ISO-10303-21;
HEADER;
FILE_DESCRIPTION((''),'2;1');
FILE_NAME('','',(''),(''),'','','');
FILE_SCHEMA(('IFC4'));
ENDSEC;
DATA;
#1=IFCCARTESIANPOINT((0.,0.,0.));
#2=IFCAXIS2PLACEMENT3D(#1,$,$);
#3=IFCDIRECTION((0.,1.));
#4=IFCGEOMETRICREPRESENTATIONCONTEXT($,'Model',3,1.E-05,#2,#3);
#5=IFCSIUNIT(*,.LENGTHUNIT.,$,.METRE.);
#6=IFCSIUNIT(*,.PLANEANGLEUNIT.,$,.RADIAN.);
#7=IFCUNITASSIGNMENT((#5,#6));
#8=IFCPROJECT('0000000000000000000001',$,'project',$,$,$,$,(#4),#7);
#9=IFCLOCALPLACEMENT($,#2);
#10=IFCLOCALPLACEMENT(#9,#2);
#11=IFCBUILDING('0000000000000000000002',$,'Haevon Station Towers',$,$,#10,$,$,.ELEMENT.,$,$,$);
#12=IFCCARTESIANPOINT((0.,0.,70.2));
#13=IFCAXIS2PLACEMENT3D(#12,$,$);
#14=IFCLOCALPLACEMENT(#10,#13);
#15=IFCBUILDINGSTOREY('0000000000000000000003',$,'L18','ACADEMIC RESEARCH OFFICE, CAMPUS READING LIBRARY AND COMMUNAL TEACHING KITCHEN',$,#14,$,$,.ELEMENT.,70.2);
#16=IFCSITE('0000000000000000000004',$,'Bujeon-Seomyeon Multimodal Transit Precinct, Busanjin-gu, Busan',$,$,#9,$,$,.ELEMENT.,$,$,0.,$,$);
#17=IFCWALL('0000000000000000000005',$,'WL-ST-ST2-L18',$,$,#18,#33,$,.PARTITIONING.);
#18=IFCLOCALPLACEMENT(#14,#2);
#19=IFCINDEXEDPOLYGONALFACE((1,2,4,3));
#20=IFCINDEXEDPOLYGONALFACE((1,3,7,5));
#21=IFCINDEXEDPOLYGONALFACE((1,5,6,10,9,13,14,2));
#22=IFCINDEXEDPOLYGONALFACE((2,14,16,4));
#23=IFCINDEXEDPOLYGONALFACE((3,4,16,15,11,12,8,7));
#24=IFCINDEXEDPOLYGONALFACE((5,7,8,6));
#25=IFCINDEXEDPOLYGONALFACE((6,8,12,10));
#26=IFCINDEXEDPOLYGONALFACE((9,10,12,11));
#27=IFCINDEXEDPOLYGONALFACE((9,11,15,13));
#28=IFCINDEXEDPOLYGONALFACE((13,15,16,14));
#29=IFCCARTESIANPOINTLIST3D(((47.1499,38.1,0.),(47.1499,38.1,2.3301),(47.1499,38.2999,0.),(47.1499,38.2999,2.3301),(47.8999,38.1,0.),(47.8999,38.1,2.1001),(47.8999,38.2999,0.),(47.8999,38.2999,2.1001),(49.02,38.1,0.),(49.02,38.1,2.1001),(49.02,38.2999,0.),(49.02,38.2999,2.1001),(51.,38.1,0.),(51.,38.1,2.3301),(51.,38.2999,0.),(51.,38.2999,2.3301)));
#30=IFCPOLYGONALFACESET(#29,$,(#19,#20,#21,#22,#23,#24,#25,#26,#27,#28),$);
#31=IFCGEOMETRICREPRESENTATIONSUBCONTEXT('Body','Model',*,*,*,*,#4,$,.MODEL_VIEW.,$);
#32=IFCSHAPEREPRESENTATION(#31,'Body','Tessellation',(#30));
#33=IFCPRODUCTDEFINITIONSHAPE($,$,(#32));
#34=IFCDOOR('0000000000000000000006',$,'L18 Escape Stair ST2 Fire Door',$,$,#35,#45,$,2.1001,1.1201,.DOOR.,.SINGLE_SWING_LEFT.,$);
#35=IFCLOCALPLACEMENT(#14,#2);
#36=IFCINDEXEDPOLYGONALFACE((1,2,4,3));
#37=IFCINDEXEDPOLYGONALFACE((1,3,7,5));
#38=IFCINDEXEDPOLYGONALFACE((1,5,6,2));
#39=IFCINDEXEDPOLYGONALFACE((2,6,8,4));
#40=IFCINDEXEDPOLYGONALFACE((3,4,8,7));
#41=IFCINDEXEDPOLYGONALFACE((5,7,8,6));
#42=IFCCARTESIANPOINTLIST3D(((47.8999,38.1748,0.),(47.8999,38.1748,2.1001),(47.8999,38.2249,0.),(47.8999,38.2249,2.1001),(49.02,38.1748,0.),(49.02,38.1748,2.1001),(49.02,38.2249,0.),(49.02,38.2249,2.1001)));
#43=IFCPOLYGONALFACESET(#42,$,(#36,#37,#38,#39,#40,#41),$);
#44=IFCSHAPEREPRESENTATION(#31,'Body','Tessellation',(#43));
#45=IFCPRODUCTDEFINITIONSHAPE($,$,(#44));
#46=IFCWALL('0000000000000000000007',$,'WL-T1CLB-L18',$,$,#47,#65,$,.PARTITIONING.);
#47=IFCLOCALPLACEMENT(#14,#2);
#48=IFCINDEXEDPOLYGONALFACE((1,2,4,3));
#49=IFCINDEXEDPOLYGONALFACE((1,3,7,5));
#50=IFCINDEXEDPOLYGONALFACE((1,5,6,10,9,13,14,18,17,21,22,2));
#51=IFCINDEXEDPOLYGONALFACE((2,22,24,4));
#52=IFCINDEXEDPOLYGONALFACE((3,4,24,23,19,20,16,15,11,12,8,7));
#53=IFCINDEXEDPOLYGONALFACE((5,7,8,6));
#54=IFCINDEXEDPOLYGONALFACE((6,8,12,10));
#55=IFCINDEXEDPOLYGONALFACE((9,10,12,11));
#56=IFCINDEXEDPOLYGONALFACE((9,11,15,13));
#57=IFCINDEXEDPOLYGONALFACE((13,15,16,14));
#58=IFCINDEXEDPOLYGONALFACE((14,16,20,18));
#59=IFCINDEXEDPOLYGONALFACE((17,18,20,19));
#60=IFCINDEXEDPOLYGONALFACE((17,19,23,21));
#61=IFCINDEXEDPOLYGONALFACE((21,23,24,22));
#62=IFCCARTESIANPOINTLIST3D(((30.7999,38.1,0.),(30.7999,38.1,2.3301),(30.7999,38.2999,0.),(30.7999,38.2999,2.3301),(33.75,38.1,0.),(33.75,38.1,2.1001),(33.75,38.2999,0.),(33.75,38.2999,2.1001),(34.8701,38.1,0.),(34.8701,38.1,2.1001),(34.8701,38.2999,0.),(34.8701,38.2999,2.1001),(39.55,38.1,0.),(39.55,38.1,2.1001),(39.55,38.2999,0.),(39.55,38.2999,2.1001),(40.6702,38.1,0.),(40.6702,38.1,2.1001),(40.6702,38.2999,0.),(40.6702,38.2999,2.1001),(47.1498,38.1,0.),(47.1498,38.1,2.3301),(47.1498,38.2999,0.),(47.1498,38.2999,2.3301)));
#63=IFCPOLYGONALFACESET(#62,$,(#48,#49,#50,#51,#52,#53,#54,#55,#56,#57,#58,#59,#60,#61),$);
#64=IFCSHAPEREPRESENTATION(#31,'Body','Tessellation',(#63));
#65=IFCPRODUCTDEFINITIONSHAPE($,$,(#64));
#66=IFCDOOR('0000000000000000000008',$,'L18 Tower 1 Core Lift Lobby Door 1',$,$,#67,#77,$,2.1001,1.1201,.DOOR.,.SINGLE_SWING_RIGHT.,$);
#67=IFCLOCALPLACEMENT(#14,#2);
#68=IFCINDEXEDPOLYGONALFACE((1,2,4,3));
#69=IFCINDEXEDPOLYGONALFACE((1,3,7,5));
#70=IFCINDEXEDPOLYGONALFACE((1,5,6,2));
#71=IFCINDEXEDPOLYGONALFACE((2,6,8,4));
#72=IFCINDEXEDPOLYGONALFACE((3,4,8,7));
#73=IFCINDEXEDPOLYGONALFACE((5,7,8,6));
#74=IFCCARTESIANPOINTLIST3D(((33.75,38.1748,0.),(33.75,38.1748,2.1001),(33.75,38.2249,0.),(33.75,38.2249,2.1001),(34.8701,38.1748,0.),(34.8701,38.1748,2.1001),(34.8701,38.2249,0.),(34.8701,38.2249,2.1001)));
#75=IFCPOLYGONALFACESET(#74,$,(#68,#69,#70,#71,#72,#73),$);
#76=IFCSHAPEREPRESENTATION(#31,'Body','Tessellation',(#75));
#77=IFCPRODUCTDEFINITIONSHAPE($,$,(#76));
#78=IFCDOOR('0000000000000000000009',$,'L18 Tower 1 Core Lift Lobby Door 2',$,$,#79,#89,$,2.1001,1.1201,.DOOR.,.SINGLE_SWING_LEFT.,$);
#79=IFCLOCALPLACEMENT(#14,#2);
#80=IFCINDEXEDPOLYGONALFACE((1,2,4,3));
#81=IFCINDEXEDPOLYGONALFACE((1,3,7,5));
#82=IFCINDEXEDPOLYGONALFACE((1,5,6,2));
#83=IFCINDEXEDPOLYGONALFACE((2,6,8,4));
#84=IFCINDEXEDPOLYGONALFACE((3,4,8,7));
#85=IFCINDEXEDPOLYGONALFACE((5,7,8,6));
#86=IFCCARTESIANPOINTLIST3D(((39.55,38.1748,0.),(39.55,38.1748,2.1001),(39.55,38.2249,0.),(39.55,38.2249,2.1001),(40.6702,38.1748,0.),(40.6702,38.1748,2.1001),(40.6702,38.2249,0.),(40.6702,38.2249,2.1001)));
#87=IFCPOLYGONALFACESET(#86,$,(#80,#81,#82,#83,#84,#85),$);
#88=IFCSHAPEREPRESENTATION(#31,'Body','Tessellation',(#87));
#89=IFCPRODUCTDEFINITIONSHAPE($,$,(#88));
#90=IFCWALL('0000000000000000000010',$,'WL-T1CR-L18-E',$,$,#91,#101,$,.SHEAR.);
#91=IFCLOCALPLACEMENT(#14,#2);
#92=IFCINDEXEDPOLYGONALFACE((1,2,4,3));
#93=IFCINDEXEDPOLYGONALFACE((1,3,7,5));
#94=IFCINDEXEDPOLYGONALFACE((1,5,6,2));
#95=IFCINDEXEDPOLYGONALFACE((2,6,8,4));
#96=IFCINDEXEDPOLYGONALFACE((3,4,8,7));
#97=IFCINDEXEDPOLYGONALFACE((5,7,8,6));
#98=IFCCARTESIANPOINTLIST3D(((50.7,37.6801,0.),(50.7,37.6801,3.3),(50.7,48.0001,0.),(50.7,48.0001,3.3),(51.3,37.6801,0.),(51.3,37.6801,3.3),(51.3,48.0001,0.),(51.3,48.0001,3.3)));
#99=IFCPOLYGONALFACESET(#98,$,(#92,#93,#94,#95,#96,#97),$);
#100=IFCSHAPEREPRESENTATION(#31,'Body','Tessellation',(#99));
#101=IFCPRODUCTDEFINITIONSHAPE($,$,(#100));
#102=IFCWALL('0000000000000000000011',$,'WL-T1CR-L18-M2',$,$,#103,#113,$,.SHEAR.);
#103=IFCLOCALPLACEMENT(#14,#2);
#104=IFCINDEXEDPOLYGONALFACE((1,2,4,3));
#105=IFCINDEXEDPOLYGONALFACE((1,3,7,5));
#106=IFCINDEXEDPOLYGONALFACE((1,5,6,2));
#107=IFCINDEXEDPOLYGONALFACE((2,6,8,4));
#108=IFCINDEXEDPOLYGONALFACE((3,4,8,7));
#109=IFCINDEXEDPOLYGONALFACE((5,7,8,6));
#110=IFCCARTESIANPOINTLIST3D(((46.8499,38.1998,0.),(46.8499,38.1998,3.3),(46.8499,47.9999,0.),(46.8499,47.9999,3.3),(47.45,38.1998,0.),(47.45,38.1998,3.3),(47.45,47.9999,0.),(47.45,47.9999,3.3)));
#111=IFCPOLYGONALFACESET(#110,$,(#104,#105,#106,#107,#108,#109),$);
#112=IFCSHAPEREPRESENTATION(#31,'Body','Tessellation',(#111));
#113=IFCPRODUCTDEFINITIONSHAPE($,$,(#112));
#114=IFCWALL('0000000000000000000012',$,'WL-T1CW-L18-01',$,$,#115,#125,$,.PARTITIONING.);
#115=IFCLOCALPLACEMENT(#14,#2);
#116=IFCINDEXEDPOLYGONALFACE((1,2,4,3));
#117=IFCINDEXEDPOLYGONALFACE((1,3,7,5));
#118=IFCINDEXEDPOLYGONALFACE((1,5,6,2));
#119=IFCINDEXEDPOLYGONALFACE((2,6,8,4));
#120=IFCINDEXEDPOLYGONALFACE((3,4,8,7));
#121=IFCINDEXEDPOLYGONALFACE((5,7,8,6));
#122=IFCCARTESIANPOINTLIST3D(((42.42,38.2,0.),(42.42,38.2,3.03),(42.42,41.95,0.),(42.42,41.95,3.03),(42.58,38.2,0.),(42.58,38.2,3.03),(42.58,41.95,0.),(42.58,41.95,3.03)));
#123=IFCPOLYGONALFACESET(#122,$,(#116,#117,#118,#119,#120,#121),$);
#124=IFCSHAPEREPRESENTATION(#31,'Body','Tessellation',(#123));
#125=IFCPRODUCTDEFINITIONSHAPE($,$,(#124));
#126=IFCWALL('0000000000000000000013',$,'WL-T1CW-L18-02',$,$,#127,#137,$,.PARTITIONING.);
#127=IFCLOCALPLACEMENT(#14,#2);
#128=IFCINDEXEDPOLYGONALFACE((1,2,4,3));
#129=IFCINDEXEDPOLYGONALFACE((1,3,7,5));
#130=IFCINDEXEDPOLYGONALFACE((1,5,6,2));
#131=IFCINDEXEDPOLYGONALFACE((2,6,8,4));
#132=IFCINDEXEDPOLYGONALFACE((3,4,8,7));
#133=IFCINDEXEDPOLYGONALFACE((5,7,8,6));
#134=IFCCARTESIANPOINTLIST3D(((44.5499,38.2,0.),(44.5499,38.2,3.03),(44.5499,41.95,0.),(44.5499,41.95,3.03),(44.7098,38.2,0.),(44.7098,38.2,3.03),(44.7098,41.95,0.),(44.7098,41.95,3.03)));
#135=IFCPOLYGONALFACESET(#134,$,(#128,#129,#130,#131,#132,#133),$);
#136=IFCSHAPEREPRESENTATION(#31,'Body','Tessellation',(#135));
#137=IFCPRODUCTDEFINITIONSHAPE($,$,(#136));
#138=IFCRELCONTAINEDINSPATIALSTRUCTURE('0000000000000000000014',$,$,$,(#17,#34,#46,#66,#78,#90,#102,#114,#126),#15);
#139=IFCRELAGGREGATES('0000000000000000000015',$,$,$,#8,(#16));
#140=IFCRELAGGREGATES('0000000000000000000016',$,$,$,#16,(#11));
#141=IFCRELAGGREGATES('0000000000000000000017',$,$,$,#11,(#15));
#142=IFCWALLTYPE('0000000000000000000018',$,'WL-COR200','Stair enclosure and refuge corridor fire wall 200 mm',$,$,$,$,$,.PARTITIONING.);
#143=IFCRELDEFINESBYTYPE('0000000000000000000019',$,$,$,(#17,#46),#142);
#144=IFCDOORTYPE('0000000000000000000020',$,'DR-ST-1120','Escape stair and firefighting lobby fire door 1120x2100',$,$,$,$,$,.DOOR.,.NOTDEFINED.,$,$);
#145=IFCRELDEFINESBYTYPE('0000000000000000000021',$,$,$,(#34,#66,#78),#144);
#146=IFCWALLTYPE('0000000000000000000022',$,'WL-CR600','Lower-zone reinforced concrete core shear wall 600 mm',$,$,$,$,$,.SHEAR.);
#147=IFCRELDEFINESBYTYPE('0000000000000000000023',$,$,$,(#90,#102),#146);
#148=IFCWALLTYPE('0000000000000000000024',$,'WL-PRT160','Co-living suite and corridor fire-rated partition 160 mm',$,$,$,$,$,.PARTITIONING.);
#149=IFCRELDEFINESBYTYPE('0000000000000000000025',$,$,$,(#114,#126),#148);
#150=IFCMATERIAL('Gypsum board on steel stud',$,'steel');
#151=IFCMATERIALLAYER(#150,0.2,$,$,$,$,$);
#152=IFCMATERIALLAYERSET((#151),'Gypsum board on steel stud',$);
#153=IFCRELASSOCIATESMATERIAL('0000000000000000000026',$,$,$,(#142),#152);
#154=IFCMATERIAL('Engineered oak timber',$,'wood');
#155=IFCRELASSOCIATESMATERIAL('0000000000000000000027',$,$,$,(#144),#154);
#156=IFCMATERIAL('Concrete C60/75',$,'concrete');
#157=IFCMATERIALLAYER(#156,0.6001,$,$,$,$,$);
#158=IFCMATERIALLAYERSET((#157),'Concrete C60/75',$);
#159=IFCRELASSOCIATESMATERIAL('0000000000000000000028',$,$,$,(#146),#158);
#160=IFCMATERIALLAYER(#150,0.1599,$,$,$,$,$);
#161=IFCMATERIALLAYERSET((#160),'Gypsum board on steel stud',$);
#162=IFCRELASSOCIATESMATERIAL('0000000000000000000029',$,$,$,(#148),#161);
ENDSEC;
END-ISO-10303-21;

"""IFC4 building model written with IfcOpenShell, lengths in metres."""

from ifc_helpers import new_model, si_unit, direction, frame, frame_2d, origin, place, context, subcontext, project, spatial, rectangle, extrude, material, layer, layer_set, type_object, element, fill, save


model = new_model("IFC4")

# Units and contexts
model_context = context("Model", 3, precision=1e-05, world=origin(), true_north=direction((0.0, 1.0)))
body_context = subcontext(model_context, "Body", "Model", "MODEL_VIEW")
ifc_project = project(units=[si_unit("LENGTHUNIT", "METRE"), si_unit("PLANEANGLEUNIT", "RADIAN")], contexts=[model_context])

# Site, building, storey
site_placement = place(None, origin())
site = spatial("IfcSite", under=ifc_project, at=site_placement, Name="Bujeon-Seomyeon Multimodal Transit Precinct, Busanjin-gu, Busan", CompositionType="ELEMENT", RefElevation=0.0)
building_placement = place(site_placement, origin())
building = spatial("IfcBuilding", under=site, at=building_placement, Name="Haevon Station Towers", CompositionType="ELEMENT")
storey_placement = place(building_placement, frame((0.0, 0.0, 70.2)))
storey = spatial("IfcBuildingStorey", under=building, at=storey_placement, Name="L18", Description="ACADEMIC RESEARCH OFFICE, CAMPUS READING LIBRARY AND COMMUNAL TEACHING KITCHEN", CompositionType="ELEMENT", Elevation=70.2)

# Wall, opening, door
ifc_material_1 = material(Name="Gypsum board on steel stud", Category="steel")
ifc_layer_1 = layer(ifc_material_1, 0.2)
ifc_layer_set_1 = layer_set([ifc_layer_1], Name="Gypsum board on steel stud")
wall_type_1 = type_object("IfcWallType", Name="WL-COR200", Description="Stair enclosure and refuge corridor fire wall 200 mm", PredefinedType="PARTITIONING", material=ifc_layer_set_1)
wall_1_placement = place(storey_placement, frame((47.1499, 38.2, 0.0), z_axis=(0.0, 0.0, 1.0), x_axis=(1.0, 0.0, 0.0)))
wall_1 = element("IfcWall", 1, at=wall_1_placement, inside=storey, type_object=wall_type_1, Name="WL-ST-ST2-L18", PredefinedType="PARTITIONING", context=body_context, shape_type="SweptSolid", body=[
    extrude(rectangle(XDim=3.8501, YDim=0.2, at=frame_2d((1.925, 0.0))), origin(), (0.0, 0.0, 1.0), 2.3301),
])
opening_1_placement = place(wall_1_placement, frame((0.75, 0.0, 0.0)))
opening_1 = element("IfcOpeningElement", 2, at=opening_1_placement, cuts=wall_1, PredefinedType="OPENING", context=body_context, shape_type="SweptSolid", body=[
    extrude(rectangle(XDim=1.1201, YDim=2.1001, at=frame_2d((0.5601, 1.05))), frame((0.0, 0.1099, 0.0), z_axis=(0.0, -1.0, 0.0), x_axis=(1.0, 0.0, 0.0)), (0.0, 0.0, 1.0), 0.22),
])
ifc_material_2 = material(Name="Engineered oak timber", Category="wood")
door_type = type_object("IfcDoorType", Name="DR-ST-1120", Description="Escape stair and firefighting lobby fire door 1120x2100", OperationType="NOTDEFINED", PredefinedType="DOOR", material=ifc_material_2)
door_1_placement = place(opening_1_placement, origin())
door_1 = element("IfcDoor", 3, at=door_1_placement, inside=storey, type_object=door_type, Name="L18 Escape Stair ST2 Fire Door", OperationType="SINGLE_SWING_LEFT", OverallHeight=2.1001, OverallWidth=1.1201, PredefinedType="DOOR", context=body_context, shape_type="SweptSolid", body=[
    extrude(rectangle(XDim=1.1201, YDim=2.1001, at=frame_2d((0.5601, 1.05))), frame((0.0, 0.0249, 0.0), z_axis=(0.0, -1.0, 0.0), x_axis=(1.0, 0.0, 0.0)), (0.0, 0.0, 1.0), 0.05),
])
fill(opening_1, door_1)

# Wall, openings, doors
wall_2_placement = place(storey_placement, frame((30.8, 38.2, 0.0), z_axis=(0.0, 0.0, 1.0), x_axis=(1.0, 0.0, 0.0)))
wall_2 = element("IfcWall", 4, at=wall_2_placement, inside=storey, type_object=wall_type_1, Name="WL-T1CLB-L18", PredefinedType="PARTITIONING", context=body_context, shape_type="SweptSolid", body=[
    extrude(rectangle(XDim=16.3499, YDim=0.2, at=frame_2d((8.1748, 0.0))), origin(), (0.0, 0.0, 1.0), 2.3301),
])
opening_2_placement = place(wall_2_placement, frame((2.95, 0.0, 0.0)))
opening_2 = element("IfcOpeningElement", 5, at=opening_2_placement, cuts=wall_2, PredefinedType="OPENING", context=body_context, shape_type="SweptSolid", body=[
    extrude(rectangle(XDim=1.1201, YDim=2.1001, at=frame_2d((0.5601, 1.05))), frame((0.0, 0.1099, 0.0), z_axis=(0.0, -1.0, 0.0), x_axis=(1.0, 0.0, 0.0)), (0.0, 0.0, 1.0), 0.22),
])
opening_3_placement = place(wall_2_placement, frame((8.75, 0.0, 0.0)))
opening_3 = element("IfcOpeningElement", 6, at=opening_3_placement, cuts=wall_2, PredefinedType="OPENING", context=body_context, shape_type="SweptSolid", body=[
    extrude(rectangle(XDim=1.1201, YDim=2.1001, at=frame_2d((0.5601, 1.05))), frame((0.0, 0.1099, 0.0), z_axis=(0.0, -1.0, 0.0), x_axis=(1.0, 0.0, 0.0)), (0.0, 0.0, 1.0), 0.22),
])
door_2_placement = place(opening_2_placement, origin())
door_2 = element("IfcDoor", 7, at=door_2_placement, inside=storey, type_object=door_type, Name="L18 Tower 1 Core Lift Lobby Door 1", OperationType="SINGLE_SWING_RIGHT", OverallHeight=2.1001, OverallWidth=1.1201, PredefinedType="DOOR", context=body_context, shape_type="SweptSolid", body=[
    extrude(rectangle(XDim=1.1201, YDim=2.1001, at=frame_2d((0.5601, 1.05))), frame((0.0, 0.0249, 0.0), z_axis=(0.0, -1.0, 0.0), x_axis=(1.0, 0.0, 0.0)), (0.0, 0.0, 1.0), 0.05),
])
fill(opening_2, door_2)
door_3_placement = place(opening_3_placement, origin())
door_3 = element("IfcDoor", 8, at=door_3_placement, inside=storey, type_object=door_type, Name="L18 Tower 1 Core Lift Lobby Door 2", OperationType="SINGLE_SWING_LEFT", OverallHeight=2.1001, OverallWidth=1.1201, PredefinedType="DOOR", context=body_context, shape_type="SweptSolid", body=[
    extrude(rectangle(XDim=1.1201, YDim=2.1001, at=frame_2d((0.5601, 1.05))), frame((0.0, 0.0249, 0.0), z_axis=(0.0, -1.0, 0.0), x_axis=(1.0, 0.0, 0.0)), (0.0, 0.0, 1.0), 0.05),
])
fill(opening_3, door_3)

# Walls
ifc_material_3 = material(Name="Concrete C60/75", Category="concrete")
ifc_layer_2 = layer(ifc_material_3, 0.6001)
ifc_layer_set_2 = layer_set([ifc_layer_2], Name="Concrete C60/75")
wall_type_2 = type_object("IfcWallType", Name="WL-CR600", Description="Lower-zone reinforced concrete core shear wall 600 mm", PredefinedType="SHEAR", material=ifc_layer_set_2)
wall_3_placement = place(storey_placement, frame((51.0, 37.6799, 0.0), z_axis=(0.0, 0.0, 1.0), x_axis=(0.0, 1.0, 0.0)))
element("IfcWall", 9, at=wall_3_placement, inside=storey, type_object=wall_type_2, Name="WL-T1CR-L18-E", PredefinedType="SHEAR", context=body_context, shape_type="SweptSolid", body=[
    extrude(rectangle(XDim=10.3201, YDim=0.6001, at=frame_2d((5.1602, 0.0))), origin(), (0.0, 0.0, 1.0), 3.3),
])
wall_4_placement = place(storey_placement, frame((47.1499, 38.2, 0.0), z_axis=(0.0, 0.0, 1.0), x_axis=(0.0, 1.0, 0.0)))
element("IfcWall", 10, at=wall_4_placement, inside=storey, type_object=wall_type_2, Name="WL-T1CR-L18-M2", PredefinedType="SHEAR", context=body_context, shape_type="SweptSolid", body=[
    extrude(rectangle(XDim=9.8, YDim=0.6001, at=frame_2d((4.8999, 0.0))), origin(), (0.0, 0.0, 1.0), 3.3),
])
ifc_layer_3 = layer(ifc_material_1, 0.1599)
ifc_layer_set_3 = layer_set([ifc_layer_3], Name="Gypsum board on steel stud")
wall_type_3 = type_object("IfcWallType", Name="WL-PRT160", Description="Co-living suite and corridor fire-rated partition 160 mm", PredefinedType="PARTITIONING", material=ifc_layer_set_3)
for number, where, z_axis, x_axis, name in (
    (11, (42.5, 38.2, 0.0), (0.0, 0.0, 1.0), (0.0, 1.0, 0.0), "WL-T1CW-L18-01"),
    (12, (44.6299, 38.2, 0.0), (0.0, 0.0, 1.0), (0.0, 1.0, 0.0), "WL-T1CW-L18-02"),
):
    element("IfcWall", number, at=place(storey_placement, frame(where, z_axis=z_axis, x_axis=x_axis)), inside=storey, type_object=wall_type_3, Name=name, PredefinedType="PARTITIONING", context=body_context, shape_type="SweptSolid", body=[
        extrude(rectangle(XDim=3.75, YDim=0.1599, at=frame_2d((1.875, 0.0))), origin(), (0.0, 0.0, 1.0), 3.03),
    ])

save(model, "model.ifc")
